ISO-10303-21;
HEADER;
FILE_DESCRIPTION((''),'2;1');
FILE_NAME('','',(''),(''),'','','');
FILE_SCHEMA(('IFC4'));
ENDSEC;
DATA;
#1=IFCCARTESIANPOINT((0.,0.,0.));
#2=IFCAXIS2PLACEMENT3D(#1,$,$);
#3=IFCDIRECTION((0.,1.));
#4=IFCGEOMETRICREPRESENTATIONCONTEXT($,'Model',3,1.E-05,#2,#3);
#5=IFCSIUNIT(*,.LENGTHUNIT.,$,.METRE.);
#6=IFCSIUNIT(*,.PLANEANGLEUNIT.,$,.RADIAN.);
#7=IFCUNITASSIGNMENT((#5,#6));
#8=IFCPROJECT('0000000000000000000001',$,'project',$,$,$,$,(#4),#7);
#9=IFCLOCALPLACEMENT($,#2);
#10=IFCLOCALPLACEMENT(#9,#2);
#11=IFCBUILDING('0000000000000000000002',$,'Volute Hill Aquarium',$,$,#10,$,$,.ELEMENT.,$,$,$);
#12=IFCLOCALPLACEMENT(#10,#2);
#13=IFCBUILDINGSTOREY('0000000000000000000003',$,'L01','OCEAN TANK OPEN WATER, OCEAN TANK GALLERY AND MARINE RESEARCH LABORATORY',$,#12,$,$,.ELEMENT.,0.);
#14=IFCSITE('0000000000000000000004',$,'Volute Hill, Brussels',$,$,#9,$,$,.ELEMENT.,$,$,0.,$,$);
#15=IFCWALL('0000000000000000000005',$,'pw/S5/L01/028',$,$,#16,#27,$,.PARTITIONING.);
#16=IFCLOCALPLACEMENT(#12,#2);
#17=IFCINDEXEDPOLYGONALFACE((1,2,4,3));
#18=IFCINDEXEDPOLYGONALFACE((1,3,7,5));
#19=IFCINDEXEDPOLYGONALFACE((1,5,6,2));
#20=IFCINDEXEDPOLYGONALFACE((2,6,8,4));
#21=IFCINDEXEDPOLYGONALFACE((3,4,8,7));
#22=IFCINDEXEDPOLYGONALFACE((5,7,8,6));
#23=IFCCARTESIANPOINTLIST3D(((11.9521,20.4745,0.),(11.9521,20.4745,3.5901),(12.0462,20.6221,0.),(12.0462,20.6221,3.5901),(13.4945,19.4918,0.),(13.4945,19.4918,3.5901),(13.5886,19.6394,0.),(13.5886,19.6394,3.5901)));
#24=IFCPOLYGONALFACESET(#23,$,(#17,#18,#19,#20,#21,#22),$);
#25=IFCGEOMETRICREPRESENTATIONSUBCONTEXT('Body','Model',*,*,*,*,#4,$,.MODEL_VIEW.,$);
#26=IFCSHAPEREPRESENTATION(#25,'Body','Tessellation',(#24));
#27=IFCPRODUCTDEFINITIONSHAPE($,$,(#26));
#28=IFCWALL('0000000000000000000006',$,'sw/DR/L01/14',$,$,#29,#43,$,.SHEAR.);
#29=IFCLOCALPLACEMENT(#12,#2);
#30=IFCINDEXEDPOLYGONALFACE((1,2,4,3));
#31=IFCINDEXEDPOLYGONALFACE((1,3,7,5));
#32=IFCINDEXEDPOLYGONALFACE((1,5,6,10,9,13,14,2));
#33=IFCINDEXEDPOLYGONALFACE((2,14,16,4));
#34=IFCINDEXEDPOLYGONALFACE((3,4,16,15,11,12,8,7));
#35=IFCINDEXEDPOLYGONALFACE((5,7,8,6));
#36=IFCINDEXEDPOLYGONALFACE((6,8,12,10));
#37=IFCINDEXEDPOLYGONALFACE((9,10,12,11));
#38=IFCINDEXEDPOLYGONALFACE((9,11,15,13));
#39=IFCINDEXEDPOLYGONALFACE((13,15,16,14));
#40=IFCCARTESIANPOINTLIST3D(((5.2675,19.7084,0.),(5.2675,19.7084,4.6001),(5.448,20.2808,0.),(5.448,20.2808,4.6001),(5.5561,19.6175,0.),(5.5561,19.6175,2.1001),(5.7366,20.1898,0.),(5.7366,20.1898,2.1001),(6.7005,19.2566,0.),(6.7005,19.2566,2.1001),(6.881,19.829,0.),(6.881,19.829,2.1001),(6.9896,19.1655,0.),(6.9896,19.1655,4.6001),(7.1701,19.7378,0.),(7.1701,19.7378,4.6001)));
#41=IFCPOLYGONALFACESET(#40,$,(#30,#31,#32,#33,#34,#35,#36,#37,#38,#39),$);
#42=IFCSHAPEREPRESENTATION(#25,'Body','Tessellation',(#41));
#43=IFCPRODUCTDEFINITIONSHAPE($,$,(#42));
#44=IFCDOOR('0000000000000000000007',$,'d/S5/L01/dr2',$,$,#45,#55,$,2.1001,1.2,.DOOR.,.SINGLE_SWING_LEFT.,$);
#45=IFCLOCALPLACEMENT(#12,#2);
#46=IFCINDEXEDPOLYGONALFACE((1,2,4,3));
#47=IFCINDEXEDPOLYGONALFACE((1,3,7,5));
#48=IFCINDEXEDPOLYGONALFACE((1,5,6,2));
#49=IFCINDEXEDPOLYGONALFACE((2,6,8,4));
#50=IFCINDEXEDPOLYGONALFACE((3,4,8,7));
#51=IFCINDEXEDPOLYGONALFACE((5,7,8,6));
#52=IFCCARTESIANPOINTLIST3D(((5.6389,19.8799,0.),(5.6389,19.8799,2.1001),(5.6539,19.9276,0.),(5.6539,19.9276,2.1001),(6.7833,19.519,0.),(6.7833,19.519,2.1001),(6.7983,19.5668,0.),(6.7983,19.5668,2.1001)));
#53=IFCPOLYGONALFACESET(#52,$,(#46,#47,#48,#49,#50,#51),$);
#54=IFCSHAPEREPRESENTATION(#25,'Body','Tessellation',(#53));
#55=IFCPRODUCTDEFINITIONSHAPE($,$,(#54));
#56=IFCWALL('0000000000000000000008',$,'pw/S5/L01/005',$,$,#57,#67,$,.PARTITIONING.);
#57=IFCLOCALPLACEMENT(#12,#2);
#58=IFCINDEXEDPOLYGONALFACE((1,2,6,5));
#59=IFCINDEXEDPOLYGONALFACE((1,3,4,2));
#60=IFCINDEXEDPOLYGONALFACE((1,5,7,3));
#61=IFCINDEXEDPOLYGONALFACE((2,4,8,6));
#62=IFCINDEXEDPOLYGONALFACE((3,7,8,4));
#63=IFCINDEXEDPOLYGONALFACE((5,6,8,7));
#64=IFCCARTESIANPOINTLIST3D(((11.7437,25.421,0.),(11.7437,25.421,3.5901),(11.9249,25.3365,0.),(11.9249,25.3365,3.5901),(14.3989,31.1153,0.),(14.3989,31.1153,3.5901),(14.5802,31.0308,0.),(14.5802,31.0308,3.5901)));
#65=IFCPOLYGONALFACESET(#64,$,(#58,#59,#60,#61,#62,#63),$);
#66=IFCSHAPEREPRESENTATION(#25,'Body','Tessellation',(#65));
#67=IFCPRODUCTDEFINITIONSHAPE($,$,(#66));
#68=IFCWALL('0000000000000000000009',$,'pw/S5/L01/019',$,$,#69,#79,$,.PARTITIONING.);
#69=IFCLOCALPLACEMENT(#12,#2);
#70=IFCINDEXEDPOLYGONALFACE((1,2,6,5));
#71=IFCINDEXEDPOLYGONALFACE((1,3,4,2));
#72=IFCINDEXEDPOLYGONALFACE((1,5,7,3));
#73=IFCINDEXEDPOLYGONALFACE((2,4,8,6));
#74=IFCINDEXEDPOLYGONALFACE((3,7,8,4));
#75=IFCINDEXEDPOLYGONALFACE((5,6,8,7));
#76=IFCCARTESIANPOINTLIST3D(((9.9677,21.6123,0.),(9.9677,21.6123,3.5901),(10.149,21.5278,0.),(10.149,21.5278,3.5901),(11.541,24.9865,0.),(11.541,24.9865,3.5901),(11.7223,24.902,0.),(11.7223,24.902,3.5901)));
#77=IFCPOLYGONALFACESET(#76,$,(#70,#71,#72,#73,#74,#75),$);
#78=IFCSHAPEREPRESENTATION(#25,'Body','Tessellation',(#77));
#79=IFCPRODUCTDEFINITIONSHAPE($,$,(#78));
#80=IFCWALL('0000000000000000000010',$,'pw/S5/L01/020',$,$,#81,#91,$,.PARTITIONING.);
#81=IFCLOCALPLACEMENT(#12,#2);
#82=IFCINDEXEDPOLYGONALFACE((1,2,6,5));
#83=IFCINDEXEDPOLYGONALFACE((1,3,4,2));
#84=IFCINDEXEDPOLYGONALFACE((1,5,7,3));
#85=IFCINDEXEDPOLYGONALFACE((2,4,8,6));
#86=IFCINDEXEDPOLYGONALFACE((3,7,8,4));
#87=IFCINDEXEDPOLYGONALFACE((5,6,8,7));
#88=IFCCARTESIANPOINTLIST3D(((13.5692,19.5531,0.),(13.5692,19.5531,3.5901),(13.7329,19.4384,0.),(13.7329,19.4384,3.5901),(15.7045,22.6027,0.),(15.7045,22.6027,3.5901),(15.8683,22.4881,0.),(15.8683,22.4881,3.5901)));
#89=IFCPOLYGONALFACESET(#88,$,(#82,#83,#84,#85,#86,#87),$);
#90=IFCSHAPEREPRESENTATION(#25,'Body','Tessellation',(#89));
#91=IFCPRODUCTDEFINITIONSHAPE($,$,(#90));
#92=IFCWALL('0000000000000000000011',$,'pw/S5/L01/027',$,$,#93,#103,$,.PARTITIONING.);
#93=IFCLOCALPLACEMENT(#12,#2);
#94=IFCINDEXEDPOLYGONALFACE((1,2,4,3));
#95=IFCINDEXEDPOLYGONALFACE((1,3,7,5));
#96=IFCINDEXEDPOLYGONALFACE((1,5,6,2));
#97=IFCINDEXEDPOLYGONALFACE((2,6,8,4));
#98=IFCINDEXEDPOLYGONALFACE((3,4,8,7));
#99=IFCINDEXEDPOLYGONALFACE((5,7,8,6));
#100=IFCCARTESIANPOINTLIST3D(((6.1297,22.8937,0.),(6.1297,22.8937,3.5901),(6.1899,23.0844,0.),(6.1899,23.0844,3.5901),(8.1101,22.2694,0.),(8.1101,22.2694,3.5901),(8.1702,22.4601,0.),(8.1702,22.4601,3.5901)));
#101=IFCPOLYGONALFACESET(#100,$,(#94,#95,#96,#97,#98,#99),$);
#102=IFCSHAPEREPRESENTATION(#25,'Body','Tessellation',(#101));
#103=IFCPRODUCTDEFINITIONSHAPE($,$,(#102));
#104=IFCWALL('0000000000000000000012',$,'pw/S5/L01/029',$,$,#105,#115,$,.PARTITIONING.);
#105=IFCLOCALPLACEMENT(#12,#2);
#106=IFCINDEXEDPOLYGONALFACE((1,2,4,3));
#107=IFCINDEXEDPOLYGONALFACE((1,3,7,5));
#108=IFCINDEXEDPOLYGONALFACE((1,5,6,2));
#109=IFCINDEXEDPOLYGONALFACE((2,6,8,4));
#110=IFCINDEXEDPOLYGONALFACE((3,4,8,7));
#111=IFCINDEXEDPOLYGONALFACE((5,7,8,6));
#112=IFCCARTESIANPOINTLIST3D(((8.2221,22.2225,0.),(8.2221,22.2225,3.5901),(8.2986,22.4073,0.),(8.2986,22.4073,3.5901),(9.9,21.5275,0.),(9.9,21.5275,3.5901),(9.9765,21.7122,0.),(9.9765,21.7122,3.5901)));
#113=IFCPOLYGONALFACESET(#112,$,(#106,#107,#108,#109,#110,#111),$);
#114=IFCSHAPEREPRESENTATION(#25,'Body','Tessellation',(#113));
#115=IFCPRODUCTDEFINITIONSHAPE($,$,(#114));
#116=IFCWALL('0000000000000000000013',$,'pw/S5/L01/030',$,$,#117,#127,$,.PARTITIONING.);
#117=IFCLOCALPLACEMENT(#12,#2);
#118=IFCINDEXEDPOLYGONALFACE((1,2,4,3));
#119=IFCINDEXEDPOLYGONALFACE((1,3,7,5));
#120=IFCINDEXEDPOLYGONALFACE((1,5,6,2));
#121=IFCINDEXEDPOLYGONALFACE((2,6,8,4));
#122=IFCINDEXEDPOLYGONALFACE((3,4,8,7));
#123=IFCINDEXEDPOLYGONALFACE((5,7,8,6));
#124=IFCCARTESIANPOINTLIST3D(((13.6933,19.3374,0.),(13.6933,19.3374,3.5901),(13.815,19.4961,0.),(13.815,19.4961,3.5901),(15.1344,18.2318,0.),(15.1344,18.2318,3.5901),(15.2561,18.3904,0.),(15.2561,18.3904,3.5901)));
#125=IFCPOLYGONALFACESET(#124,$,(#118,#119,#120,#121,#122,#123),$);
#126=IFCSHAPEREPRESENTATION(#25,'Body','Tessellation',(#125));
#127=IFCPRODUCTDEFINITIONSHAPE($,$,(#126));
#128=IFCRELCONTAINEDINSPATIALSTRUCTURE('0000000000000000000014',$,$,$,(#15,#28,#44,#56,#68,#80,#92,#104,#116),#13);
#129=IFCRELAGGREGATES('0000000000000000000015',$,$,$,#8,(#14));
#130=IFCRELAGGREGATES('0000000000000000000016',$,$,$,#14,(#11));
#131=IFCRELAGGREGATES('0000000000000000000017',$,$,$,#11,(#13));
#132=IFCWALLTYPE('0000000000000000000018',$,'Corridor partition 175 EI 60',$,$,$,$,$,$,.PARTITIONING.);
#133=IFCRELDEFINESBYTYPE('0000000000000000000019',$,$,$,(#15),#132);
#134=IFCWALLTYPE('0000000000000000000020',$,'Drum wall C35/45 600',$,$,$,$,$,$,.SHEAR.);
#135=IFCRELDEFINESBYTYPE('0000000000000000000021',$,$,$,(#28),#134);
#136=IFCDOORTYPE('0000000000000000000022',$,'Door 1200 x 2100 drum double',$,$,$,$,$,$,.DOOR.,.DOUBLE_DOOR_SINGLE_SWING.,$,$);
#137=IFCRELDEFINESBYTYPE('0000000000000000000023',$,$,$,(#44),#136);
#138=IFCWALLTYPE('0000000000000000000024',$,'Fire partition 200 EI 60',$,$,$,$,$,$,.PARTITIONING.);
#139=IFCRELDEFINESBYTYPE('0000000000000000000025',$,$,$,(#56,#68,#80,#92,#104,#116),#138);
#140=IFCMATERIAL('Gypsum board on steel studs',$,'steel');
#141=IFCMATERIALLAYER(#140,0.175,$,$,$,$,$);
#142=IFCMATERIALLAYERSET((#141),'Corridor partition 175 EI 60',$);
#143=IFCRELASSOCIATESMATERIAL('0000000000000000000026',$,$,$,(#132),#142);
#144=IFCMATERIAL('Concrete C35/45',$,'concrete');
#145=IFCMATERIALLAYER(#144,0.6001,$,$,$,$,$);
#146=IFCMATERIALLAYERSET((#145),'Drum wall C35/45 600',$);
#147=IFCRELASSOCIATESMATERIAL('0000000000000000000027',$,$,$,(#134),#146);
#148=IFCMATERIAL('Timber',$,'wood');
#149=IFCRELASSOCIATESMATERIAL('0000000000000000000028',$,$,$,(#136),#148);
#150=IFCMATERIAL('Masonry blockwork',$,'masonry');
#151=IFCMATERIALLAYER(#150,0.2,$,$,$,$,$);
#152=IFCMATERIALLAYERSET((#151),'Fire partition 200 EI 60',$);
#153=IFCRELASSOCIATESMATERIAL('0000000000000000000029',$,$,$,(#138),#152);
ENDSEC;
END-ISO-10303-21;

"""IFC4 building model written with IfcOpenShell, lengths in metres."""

from ifc_helpers import new_model, si_unit, direction, frame, frame_2d, origin, place, context, subcontext, project, spatial, rectangle, extrude, material, layer, layer_set, type_object, element, fill, save


model = new_model("IFC4")

# Units and contexts
model_context = context("Model", 3, precision=1e-05, world=origin(), true_north=direction((0.0, 1.0)))
body_context = subcontext(model_context, "Body", "Model", "MODEL_VIEW")
ifc_project = project(units=[si_unit("LENGTHUNIT", "METRE"), si_unit("PLANEANGLEUNIT", "RADIAN")], contexts=[model_context])

# Site, building, storey
site_placement = place(None, origin())
site = spatial("IfcSite", under=ifc_project, at=site_placement, Name="Volute Hill, Brussels", CompositionType="ELEMENT", RefElevation=0.0)
building_placement = place(site_placement, origin())
building = spatial("IfcBuilding", under=site, at=building_placement, Name="Volute Hill Aquarium", CompositionType="ELEMENT")
storey_placement = place(building_placement, origin())
storey = spatial("IfcBuildingStorey", under=building, at=storey_placement, Name="L01", Description="OCEAN TANK OPEN WATER, OCEAN TANK GALLERY AND MARINE RESEARCH LABORATORY", CompositionType="ELEMENT", Elevation=0.0)

# Shared definitions
ifc_material_1 = material(Name="Gypsum board on steel studs", Category="steel")
ifc_layer_1 = layer(ifc_material_1, 0.175)
ifc_layer_set_1 = layer_set([ifc_layer_1], Name="Corridor partition 175 EI 60")
wall_type_1 = type_object("IfcWallType", Name="Corridor partition 175 EI 60", PredefinedType="PARTITIONING", material=ifc_layer_set_1)

# Wall
wall_1_placement = place(storey_placement, frame((11.999, 20.5483, 0.0), z_axis=(0.0, 0.0, 1.0), x_axis=(0.843392, -0.537299, 0.0)))
element("IfcWall", 1, at=wall_1_placement, inside=storey, type_object=wall_type_1, Name="pw/S5/L01/028", PredefinedType="PARTITIONING", context=body_context, shape_type="SweptSolid", body=[
    extrude(rectangle(XDim=1.8289, YDim=0.175, at=frame_2d((0.9146, 0.0))), origin(), (0.0, 0.0, 1.0), 3.5901),
])

# Wall, opening, door
ifc_material_2 = material(Name="Concrete C35/45", Category="concrete")
ifc_layer_2 = layer(ifc_material_2, 0.6001)
ifc_layer_set_2 = layer_set([ifc_layer_2], Name="Drum wall C35/45 600")
wall_type_2 = type_object("IfcWallType", Name="Drum wall C35/45 600", PredefinedType="SHEAR", material=ifc_layer_set_2)
wall_2_placement = place(storey_placement, frame((7.0798, 19.4517, 0.0), z_axis=(0.0, 0.0, 1.0), x_axis=(-0.953722, 0.300691, 0.0)))
wall_2 = element("IfcWall", 2, at=wall_2_placement, inside=storey, type_object=wall_type_2, Name="sw/DR/L01/14", PredefinedType="SHEAR", context=body_context, shape_type="SweptSolid", body=[
    extrude(rectangle(XDim=1.8057, YDim=0.6001, at=frame_2d((0.9028, 0.0))), origin(), (0.0, 0.0, 1.0), 4.6001),
])
opening_1_placement = place(wall_2_placement, frame((0.303, 0.0, 0.0)))
opening_1 = element("IfcOpeningElement", 3, at=opening_1_placement, cuts=wall_2, PredefinedType="OPENING", context=body_context, shape_type="SweptSolid", body=[
    extrude(rectangle(XDim=1.2, YDim=2.1001, at=frame_2d((0.6001, 1.05))), frame((0.0, 0.3101, 0.0), z_axis=(0.0, -1.0, 0.0), x_axis=(1.0, 0.0, 0.0)), (0.0, 0.0, 1.0), 0.6201),
])
ifc_material_3 = material(Name="Timber", Category="wood")
door_type_1 = type_object("IfcDoorType", Name="Door 1200 x 2100 drum double", OperationType="DOUBLE_DOOR_SINGLE_SWING", PredefinedType="DOOR", material=ifc_material_3)
door_1_placement = place(opening_1_placement, origin())
door_1 = element("IfcDoor", 4, at=door_1_placement, inside=storey, type_object=door_type_1, Name="d/S5/L01/dr2", OperationType="SINGLE_SWING_LEFT", OverallHeight=2.1001, OverallWidth=1.2, PredefinedType="DOOR", context=body_context, shape_type="SweptSolid", body=[
    extrude(rectangle(XDim=1.2, YDim=2.1001, at=frame_2d((0.6001, 1.05))), frame((0.0, 0.0249, 0.0), z_axis=(0.0, -1.0, 0.0), x_axis=(1.0, 0.0, 0.0)), (0.0, 0.0, 1.0), 0.05),
])
fill(opening_1, door_1)

# Walls
ifc_material_4 = material(Name="Masonry blockwork", Category="masonry")
ifc_layer_3 = layer(ifc_material_4, 0.2)
ifc_layer_set_3 = layer_set([ifc_layer_3], Name="Fire partition 200 EI 60")
wall_type_3 = type_object("IfcWallType", Name="Fire partition 200 EI 60", PredefinedType="PARTITIONING", material=ifc_layer_set_3)
wall_3_placement = place(storey_placement, frame((11.8342, 25.3787, 0.0), z_axis=(0.0, 0.0, 1.0), x_axis=(0.422613, 0.90631, 0.0)))
element("IfcWall", 5, at=wall_3_placement, inside=storey, type_object=wall_type_3, Name="pw/S5/L01/005", PredefinedType="PARTITIONING", context=body_context, shape_type="SweptSolid", body=[
    extrude(rectangle(XDim=6.283, YDim=0.2, at=frame_2d((3.1416, 0.0))), origin(), (0.0, 0.0, 1.0), 3.5901),
])
for number, where, z_axis, x_axis, name in (
    (6, (11.6316, 24.9441, 0.0), (0.0, 0.0, 1.0), (-0.422598, -0.906317, 0.0), "pw/S5/L01/019"),
    (7, (13.6511, 19.4958, 0.0), (0.0, 0.0, 1.0), (0.573564, 0.819161, 0.0), "pw/S5/L01/020"),
):
    element("IfcWall", number, at=place(storey_placement, frame(where, z_axis=z_axis, x_axis=x_axis)), inside=storey, type_object=wall_type_3, Name=name, PredefinedType="PARTITIONING", context=body_context, shape_type="SweptSolid", body=[
        extrude(rectangle(XDim=3.7229, YDim=0.2, at=frame_2d((1.8613, 0.0))), origin(), (0.0, 0.0, 1.0), 3.5901),
    ])
wall_4_placement = place(storey_placement, frame((6.1599, 22.989, 0.0), z_axis=(0.0, 0.0, 1.0), x_axis=(0.95373, -0.300664, 0.0)))
element("IfcWall", 8, at=wall_4_placement, inside=storey, type_object=wall_type_3, Name="pw/S5/L01/027", PredefinedType="PARTITIONING", context=body_context, shape_type="SweptSolid", body=[
    extrude(rectangle(XDim=2.0764, YDim=0.2, at=frame_2d((1.0381, 0.0))), origin(), (0.0, 0.0, 1.0), 3.5901),
])
wall_5_placement = place(storey_placement, frame((8.2603, 22.3149, 0.0), z_axis=(0.0, 0.0, 1.0), x_axis=(0.923874, -0.382696, 0.0)))
element("IfcWall", 9, at=wall_5_placement, inside=storey, type_object=wall_type_3, Name="pw/S5/L01/029", PredefinedType="PARTITIONING", context=body_context, shape_type="SweptSolid", body=[
    extrude(rectangle(XDim=1.8162, YDim=0.2, at=frame_2d((0.9082, 0.0))), origin(), (0.0, 0.0, 1.0), 3.5901),
])
wall_6_placement = place(storey_placement, frame((13.7542, 19.4167, 0.0), z_axis=(0.0, 0.0, 1.0), x_axis=(0.793388, -0.608716, 0.0)))
element("IfcWall", 10, at=wall_6_placement, inside=storey, type_object=wall_type_3, Name="pw/S5/L01/030", PredefinedType="PARTITIONING", context=body_context, shape_type="SweptSolid", body=[
    extrude(rectangle(XDim=1.8164, YDim=0.2, at=frame_2d((0.9082, 0.0))), origin(), (0.0, 0.0, 1.0), 3.5901),
])

save(model, "model.ifc")
